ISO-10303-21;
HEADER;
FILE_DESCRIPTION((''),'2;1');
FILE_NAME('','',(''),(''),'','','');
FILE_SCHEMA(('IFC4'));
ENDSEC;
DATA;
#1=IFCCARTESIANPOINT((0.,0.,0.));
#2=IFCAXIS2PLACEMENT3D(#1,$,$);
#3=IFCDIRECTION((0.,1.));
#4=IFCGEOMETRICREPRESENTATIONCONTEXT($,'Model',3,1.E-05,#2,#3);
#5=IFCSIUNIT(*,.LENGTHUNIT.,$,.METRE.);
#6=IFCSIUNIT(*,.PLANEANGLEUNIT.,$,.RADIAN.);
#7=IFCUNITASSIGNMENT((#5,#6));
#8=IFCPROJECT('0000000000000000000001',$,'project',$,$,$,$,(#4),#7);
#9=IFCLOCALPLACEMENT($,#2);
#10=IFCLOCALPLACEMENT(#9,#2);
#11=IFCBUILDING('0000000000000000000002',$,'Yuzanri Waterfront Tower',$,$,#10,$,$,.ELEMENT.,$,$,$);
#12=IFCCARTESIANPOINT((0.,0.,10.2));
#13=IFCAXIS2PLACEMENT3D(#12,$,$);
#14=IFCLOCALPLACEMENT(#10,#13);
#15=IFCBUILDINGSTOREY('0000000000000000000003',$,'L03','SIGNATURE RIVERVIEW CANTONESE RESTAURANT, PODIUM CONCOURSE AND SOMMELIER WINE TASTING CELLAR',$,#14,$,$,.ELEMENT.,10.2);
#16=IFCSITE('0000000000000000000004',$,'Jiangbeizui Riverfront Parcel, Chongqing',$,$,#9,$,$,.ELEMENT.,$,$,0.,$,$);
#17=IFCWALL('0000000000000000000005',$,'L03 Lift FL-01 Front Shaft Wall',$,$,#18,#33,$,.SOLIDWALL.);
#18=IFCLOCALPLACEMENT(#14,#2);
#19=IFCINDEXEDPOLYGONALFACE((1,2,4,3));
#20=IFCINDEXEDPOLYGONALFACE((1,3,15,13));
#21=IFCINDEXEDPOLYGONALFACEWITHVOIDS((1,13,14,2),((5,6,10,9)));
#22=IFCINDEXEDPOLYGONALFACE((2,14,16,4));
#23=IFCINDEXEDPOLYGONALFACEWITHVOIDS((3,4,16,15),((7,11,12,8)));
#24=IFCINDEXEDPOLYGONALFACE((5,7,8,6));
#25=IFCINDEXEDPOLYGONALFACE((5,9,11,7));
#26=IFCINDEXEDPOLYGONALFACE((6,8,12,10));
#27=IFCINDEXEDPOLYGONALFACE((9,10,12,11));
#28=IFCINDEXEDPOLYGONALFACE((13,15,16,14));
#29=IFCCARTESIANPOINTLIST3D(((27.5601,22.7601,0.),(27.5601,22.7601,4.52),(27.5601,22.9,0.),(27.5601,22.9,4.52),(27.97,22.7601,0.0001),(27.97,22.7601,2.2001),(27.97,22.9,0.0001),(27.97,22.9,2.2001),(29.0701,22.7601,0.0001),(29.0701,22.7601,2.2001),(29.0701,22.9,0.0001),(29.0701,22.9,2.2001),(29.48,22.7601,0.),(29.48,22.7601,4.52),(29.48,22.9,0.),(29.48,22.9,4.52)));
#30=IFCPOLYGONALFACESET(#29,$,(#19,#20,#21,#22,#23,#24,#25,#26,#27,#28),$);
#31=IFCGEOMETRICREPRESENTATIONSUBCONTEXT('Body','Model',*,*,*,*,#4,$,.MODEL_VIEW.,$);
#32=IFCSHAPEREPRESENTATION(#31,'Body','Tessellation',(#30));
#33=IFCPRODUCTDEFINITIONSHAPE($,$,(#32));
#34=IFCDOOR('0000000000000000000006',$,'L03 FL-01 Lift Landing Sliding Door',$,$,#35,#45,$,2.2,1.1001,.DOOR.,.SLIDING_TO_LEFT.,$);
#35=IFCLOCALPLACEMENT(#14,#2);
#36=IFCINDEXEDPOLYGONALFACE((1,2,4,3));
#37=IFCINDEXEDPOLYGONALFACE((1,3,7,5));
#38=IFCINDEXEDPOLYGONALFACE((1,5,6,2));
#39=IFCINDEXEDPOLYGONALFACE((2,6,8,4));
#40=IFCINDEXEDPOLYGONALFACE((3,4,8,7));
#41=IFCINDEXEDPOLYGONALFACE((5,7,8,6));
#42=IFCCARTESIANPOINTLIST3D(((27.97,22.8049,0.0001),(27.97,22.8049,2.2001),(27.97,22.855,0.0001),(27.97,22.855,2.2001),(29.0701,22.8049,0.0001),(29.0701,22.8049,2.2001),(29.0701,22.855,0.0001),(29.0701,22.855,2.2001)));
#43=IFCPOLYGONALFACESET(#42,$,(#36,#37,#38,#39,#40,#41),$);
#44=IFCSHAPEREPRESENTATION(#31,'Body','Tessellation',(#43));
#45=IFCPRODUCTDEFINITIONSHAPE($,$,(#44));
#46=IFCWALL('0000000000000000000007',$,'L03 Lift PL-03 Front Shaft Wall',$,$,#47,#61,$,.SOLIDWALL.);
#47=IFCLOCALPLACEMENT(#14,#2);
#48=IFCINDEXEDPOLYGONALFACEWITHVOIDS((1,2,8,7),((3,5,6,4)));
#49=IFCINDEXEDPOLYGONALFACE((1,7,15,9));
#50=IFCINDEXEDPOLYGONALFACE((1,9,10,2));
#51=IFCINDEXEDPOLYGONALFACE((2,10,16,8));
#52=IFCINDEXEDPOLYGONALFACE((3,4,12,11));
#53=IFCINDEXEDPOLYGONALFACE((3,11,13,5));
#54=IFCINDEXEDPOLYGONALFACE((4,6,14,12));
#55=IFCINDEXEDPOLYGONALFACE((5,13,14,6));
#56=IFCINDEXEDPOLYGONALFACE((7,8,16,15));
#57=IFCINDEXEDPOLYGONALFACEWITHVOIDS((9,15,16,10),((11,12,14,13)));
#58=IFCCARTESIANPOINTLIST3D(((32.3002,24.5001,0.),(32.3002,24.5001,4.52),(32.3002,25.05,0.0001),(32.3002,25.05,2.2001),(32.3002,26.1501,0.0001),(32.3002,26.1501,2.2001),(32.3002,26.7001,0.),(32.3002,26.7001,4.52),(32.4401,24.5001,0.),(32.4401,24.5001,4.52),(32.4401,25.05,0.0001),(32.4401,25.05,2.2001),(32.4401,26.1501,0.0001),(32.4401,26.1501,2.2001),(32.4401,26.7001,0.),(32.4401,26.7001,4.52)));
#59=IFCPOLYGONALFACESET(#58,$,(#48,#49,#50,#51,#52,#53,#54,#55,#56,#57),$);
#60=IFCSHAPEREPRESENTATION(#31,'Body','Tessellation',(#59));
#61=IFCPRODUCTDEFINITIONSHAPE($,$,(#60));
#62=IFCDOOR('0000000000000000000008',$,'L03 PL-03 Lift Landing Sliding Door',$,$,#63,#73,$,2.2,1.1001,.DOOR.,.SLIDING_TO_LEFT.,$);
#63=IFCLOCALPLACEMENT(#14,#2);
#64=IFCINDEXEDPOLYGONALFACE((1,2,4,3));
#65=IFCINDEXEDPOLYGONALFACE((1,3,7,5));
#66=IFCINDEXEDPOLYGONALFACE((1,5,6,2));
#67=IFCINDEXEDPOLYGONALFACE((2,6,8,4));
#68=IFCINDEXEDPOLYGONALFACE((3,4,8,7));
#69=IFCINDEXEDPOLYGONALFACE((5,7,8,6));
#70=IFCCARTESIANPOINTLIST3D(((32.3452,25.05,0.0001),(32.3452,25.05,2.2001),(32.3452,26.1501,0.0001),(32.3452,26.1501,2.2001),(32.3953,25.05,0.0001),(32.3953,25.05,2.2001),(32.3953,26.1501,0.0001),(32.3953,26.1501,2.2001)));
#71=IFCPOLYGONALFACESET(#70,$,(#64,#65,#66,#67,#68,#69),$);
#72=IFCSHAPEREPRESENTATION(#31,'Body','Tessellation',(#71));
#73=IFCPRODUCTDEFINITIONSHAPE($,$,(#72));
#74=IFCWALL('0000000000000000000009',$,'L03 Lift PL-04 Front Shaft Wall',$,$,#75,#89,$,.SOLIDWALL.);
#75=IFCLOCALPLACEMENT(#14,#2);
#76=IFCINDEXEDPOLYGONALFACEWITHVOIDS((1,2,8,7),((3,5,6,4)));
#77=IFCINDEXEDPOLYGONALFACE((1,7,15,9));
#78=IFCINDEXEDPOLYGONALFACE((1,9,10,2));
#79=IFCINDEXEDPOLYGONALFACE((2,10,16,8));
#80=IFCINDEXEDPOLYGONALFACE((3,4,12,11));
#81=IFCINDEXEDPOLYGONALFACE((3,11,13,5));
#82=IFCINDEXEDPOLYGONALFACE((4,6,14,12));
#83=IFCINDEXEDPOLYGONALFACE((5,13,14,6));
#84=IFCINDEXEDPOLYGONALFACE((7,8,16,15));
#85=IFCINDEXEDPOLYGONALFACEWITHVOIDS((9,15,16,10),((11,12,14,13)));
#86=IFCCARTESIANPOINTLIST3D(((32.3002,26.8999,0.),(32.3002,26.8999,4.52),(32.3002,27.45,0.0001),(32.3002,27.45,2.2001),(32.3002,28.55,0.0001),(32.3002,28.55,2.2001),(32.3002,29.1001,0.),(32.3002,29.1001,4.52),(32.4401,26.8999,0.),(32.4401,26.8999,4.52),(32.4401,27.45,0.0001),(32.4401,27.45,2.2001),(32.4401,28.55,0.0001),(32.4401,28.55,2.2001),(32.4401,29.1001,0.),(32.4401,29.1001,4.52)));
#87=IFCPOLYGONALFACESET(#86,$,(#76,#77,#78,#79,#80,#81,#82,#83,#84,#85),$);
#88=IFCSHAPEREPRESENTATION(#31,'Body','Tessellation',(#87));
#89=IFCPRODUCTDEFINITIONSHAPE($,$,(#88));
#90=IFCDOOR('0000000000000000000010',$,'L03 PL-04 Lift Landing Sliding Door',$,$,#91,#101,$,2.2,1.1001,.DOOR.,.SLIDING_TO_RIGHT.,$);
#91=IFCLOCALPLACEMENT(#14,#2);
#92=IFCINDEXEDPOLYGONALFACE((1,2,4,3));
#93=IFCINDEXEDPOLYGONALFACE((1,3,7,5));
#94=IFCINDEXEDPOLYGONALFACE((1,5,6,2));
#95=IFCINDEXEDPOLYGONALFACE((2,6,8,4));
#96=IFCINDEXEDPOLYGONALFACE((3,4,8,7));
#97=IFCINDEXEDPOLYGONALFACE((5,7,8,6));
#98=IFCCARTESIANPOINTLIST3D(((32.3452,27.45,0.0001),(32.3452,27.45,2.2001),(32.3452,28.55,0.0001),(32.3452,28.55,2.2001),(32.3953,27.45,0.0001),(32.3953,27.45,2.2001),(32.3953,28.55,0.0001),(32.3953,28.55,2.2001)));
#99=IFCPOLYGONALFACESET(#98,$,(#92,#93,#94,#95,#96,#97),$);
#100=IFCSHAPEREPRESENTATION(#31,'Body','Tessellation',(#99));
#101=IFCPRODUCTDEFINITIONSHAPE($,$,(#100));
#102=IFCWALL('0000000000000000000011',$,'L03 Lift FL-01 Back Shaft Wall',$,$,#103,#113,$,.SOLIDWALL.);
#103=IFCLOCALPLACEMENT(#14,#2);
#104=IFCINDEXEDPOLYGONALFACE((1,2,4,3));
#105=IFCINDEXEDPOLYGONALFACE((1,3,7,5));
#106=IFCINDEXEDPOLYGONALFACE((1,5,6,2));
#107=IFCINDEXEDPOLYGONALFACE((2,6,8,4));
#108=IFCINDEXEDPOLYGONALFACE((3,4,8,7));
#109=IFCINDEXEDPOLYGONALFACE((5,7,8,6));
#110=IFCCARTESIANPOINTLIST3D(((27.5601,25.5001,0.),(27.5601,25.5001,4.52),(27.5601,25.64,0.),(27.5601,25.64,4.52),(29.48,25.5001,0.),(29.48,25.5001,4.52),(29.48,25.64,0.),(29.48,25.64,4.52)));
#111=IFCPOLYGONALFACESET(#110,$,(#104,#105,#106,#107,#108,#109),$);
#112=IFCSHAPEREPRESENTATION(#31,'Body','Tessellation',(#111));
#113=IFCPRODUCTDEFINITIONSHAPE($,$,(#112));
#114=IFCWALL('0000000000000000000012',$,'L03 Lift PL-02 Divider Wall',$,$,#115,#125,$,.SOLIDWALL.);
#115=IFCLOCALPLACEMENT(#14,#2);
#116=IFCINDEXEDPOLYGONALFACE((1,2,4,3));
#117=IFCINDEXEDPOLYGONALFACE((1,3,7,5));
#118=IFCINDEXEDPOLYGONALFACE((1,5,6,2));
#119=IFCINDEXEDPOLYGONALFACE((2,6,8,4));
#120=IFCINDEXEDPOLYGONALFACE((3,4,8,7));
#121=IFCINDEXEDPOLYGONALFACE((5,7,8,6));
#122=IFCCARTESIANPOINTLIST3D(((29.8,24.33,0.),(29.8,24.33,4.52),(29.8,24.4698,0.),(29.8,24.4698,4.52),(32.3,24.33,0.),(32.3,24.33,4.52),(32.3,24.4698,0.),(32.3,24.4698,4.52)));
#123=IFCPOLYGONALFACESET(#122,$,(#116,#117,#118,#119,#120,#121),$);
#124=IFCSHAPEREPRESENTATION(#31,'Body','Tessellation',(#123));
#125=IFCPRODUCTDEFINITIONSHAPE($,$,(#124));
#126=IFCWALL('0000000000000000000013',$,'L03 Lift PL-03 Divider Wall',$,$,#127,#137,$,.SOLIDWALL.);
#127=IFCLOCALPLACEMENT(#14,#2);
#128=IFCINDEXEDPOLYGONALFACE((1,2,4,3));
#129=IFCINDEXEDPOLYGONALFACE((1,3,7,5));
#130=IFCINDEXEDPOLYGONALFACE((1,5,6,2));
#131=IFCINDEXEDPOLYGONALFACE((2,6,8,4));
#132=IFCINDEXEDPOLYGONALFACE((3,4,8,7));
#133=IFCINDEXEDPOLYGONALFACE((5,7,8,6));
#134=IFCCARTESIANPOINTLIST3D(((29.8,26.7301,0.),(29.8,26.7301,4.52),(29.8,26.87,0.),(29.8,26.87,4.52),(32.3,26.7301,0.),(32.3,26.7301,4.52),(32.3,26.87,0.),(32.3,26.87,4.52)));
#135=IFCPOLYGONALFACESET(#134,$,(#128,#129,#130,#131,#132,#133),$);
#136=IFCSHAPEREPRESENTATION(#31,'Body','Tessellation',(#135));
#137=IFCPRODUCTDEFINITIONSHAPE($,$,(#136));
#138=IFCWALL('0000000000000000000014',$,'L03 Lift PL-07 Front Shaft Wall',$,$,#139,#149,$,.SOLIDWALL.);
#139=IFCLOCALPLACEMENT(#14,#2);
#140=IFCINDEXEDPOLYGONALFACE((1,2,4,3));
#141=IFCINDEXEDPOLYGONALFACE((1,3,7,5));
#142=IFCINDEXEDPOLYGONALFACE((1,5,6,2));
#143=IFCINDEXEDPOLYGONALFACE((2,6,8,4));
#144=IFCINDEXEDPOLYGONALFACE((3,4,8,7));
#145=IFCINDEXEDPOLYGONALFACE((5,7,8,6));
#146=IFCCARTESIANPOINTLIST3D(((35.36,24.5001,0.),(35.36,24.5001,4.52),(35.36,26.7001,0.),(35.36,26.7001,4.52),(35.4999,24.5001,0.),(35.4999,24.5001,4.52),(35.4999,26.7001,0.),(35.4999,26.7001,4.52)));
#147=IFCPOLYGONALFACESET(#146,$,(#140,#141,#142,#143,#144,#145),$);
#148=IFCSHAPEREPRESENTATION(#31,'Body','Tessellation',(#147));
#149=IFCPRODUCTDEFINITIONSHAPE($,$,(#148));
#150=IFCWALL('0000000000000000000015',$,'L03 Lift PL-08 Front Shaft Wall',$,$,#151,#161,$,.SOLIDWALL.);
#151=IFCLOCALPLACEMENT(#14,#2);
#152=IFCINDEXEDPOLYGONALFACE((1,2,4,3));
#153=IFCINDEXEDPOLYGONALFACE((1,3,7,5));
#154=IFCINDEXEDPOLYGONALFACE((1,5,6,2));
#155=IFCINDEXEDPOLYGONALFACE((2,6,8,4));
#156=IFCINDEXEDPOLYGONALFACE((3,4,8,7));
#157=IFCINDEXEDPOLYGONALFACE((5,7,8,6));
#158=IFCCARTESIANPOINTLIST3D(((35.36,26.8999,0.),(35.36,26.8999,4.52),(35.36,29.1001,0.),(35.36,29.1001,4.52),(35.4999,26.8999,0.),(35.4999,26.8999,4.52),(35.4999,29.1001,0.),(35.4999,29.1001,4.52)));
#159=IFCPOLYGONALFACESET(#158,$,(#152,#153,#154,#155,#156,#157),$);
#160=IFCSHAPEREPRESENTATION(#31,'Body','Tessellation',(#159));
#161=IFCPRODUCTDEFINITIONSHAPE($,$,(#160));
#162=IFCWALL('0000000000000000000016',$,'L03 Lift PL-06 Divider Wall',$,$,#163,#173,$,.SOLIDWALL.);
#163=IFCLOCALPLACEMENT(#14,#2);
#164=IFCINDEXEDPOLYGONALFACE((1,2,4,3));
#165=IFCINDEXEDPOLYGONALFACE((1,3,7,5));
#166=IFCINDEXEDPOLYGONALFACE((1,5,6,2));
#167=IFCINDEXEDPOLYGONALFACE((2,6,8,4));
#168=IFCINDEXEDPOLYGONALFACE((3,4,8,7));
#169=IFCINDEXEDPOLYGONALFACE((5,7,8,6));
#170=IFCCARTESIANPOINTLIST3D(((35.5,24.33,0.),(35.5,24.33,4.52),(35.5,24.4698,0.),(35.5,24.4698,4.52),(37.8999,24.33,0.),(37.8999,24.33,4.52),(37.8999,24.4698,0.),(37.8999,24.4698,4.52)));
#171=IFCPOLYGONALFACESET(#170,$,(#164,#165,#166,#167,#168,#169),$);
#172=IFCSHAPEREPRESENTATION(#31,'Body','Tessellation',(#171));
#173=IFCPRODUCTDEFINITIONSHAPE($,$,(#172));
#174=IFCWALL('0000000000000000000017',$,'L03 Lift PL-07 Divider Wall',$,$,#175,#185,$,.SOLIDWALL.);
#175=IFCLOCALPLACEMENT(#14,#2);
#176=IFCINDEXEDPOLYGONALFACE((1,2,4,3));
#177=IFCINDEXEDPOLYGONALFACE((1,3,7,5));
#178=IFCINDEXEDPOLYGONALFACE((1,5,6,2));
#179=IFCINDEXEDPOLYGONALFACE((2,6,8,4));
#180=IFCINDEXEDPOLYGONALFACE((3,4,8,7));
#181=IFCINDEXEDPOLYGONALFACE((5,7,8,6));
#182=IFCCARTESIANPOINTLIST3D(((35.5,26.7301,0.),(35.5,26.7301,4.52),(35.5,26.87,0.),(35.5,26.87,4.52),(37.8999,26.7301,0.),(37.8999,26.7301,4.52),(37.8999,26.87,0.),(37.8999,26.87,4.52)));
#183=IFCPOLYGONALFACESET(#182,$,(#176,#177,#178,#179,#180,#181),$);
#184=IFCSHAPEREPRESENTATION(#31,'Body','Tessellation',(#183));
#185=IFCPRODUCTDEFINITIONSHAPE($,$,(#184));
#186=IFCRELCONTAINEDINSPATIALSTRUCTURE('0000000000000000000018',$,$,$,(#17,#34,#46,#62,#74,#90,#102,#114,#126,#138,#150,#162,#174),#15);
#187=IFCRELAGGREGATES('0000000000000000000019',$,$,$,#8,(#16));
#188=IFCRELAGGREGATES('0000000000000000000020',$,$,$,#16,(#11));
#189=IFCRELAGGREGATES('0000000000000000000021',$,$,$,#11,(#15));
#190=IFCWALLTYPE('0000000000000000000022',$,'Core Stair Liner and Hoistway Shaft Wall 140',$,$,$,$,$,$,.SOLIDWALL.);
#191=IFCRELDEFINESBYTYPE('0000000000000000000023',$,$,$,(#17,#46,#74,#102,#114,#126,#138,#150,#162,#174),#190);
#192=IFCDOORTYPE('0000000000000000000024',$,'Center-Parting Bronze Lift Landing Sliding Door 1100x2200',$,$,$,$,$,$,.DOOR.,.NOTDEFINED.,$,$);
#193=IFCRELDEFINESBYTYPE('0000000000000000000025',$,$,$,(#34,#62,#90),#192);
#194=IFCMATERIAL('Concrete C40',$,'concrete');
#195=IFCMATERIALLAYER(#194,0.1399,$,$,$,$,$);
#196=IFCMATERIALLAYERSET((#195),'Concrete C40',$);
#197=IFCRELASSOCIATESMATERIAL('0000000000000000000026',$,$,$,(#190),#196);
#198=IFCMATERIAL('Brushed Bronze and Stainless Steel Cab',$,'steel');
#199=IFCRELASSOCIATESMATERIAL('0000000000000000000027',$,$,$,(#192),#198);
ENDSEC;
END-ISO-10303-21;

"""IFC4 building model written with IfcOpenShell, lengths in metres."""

from ifc_helpers import new_model, si_unit, direction, frame, frame_2d, origin, place, context, subcontext, project, spatial, rectangle, extrude, source, transform, mapped, material, layer, layer_set, type_object, element, fill, save


model = new_model("IFC4")

# Units and contexts
model_context = context("Model", 3, precision=1e-05, world=origin(), true_north=direction((0.0, 1.0)))
body_context = subcontext(model_context, "Body", "Model", "MODEL_VIEW")
ifc_project = project(units=[si_unit("LENGTHUNIT", "METRE"), si_unit("PLANEANGLEUNIT", "RADIAN")], contexts=[model_context])

# Site, building, storey
site_placement = place(None, origin())
site = spatial("IfcSite", under=ifc_project, at=site_placement, Name="Jiangbeizui Riverfront Parcel, Chongqing", CompositionType="ELEMENT", RefElevation=0.0)
building_placement = place(site_placement, origin())
building = spatial("IfcBuilding", under=site, at=building_placement, Name="Yuzanri Waterfront Tower", CompositionType="ELEMENT")
storey_placement = place(building_placement, frame((0.0, 0.0, 10.2)))
storey = spatial("IfcBuildingStorey", under=building, at=storey_placement, Name="L03", Description="SIGNATURE RIVERVIEW CANTONESE RESTAURANT, PODIUM CONCOURSE AND SOMMELIER WINE TASTING CELLAR", CompositionType="ELEMENT", Elevation=10.2)

# Walls, openings, doors
ifc_material_1 = material(Name="Concrete C40", Category="concrete")
ifc_layer_1 = layer(ifc_material_1, 0.1399)
ifc_layer_set_1 = layer_set([ifc_layer_1], Name="Concrete C40")
wall_type = type_object("IfcWallType", Name="Core Stair Liner and Hoistway Shaft Wall 140", PredefinedType="SOLIDWALL", material=ifc_layer_set_1)
wall_1_placement = place(storey_placement, frame((27.5601, 22.8301, 0.0), z_axis=(0.0, 0.0, 1.0), x_axis=(1.0, 0.0, 0.0)))
wall_1 = element("IfcWall", 1, at=wall_1_placement, inside=storey, type_object=wall_type, Name="L03 Lift FL-01 Front Shaft Wall", PredefinedType="SOLIDWALL", context=body_context, shape_type="SweptSolid", body=[
    extrude(rectangle(XDim=1.9199, YDim=0.1399, at=frame_2d((0.96, 0.0))), origin(), (0.0, 0.0, 1.0), 4.52),
])
opening_1_placement = place(wall_1_placement, frame((0.4099, 0.0, 0.0)))
opening_1 = element("IfcOpeningElement", 2, at=opening_1_placement, cuts=wall_1, PredefinedType="OPENING", context=body_context, shape_type="SweptSolid", body=[
    extrude(rectangle(XDim=1.1001, YDim=2.2, at=frame_2d((0.55, 1.1001))), frame((0.0, 0.085, 0.0), z_axis=(0.0, -1.0, 0.0), x_axis=(1.0, 0.0, 0.0)), (0.0, 0.0, 1.0), 0.1697),
])
ifc_material_2 = material(Name="Brushed Bronze and Stainless Steel Cab", Category="steel")
door_type = type_object("IfcDoorType", Name="Center-Parting Bronze Lift Landing Sliding Door 1100x2200", OperationType="NOTDEFINED", PredefinedType="DOOR", material=ifc_material_2)
shared_shape_1 = source(origin(), body_context, "Body", "SweptSolid", [
    extrude(rectangle(XDim=1.1001, YDim=2.2, at=frame_2d((0.55, 1.1001))), frame((0.0, 0.0249, 0.0), z_axis=(0.0, -1.0, 0.0), x_axis=(1.0, 0.0, 0.0)), (0.0, 0.0, 1.0), 0.05),
])
door_1_placement = place(opening_1_placement, origin())
door_1 = element("IfcDoor", 3, at=door_1_placement, inside=storey, type_object=door_type, Name="L03 FL-01 Lift Landing Sliding Door", OperationType="SLIDING_TO_LEFT", OverallHeight=2.2, OverallWidth=1.1001, PredefinedType="DOOR", context=body_context, shape_type="MappedRepresentation", body=[
    mapped(shared_shape_1, transform((0.0, 0.0, 0.0), scale=1.0)),
])
fill(opening_1, door_1)
wall_2_placement = place(storey_placement, frame((32.3701, 24.5, 0.0), z_axis=(0.0, 0.0, 1.0), x_axis=(0.0, 1.0, 0.0)))
wall_2 = element("IfcWall", 4, at=wall_2_placement, inside=storey, type_object=wall_type, Name="L03 Lift PL-03 Front Shaft Wall", PredefinedType="SOLIDWALL", context=body_context, shape_type="SweptSolid", body=[
    extrude(rectangle(XDim=2.2, YDim=0.1399, at=frame_2d((1.1001, 0.0))), origin(), (0.0, 0.0, 1.0), 4.52),
])
opening_2_placement = place(wall_2_placement, frame((0.55, 0.0, 0.0)))
opening_2 = element("IfcOpeningElement", 5, at=opening_2_placement, cuts=wall_2, PredefinedType="OPENING", context=body_context, shape_type="SweptSolid", body=[
    extrude(rectangle(XDim=1.1001, YDim=2.2, at=frame_2d((0.55, 1.1001))), frame((0.0, 0.085, 0.0), z_axis=(0.0, -1.0, 0.0), x_axis=(1.0, 0.0, 0.0)), (0.0, 0.0, 1.0), 0.1697),
])
door_2_placement = place(opening_2_placement, origin())
door_2 = element("IfcDoor", 6, at=door_2_placement, inside=storey, type_object=door_type, Name="L03 PL-03 Lift Landing Sliding Door", OperationType="SLIDING_TO_LEFT", OverallHeight=2.2, OverallWidth=1.1001, PredefinedType="DOOR", context=body_context, shape_type="MappedRepresentation", body=[
    mapped(shared_shape_1, transform((0.0, 0.0, 0.0), scale=1.0)),
])
fill(opening_2, door_2)
wall_3_placement = place(storey_placement, frame((32.3701, 26.8999, 0.0), z_axis=(0.0, 0.0, 1.0), x_axis=(0.0, 1.0, 0.0)))
wall_3 = element("IfcWall", 7, at=wall_3_placement, inside=storey, type_object=wall_type, Name="L03 Lift PL-04 Front Shaft Wall", PredefinedType="SOLIDWALL", context=body_context, shape_type="SweptSolid", body=[
    extrude(rectangle(XDim=2.2002, YDim=0.1399, at=frame_2d((1.1001, 0.0))), origin(), (0.0, 0.0, 1.0), 4.52),
])
opening_3_placement = place(wall_3_placement, frame((0.55, 0.0, 0.0)))
opening_3 = element("IfcOpeningElement", 8, at=opening_3_placement, cuts=wall_3, PredefinedType="OPENING", context=body_context, shape_type="SweptSolid", body=[
    extrude(rectangle(XDim=1.1001, YDim=2.2, at=frame_2d((0.55, 1.1001))), frame((0.0, 0.085, 0.0), z_axis=(0.0, -1.0, 0.0), x_axis=(1.0, 0.0, 0.0)), (0.0, 0.0, 1.0), 0.1697),
])
door_3_placement = place(opening_3_placement, origin())
door_3 = element("IfcDoor", 9, at=door_3_placement, inside=storey, type_object=door_type, Name="L03 PL-04 Lift Landing Sliding Door", OperationType="SLIDING_TO_RIGHT", OverallHeight=2.2, OverallWidth=1.1001, PredefinedType="DOOR", context=body_context, shape_type="MappedRepresentation", body=[
    mapped(shared_shape_1, transform((0.0, 0.0, 0.0), scale=1.0)),
])
fill(opening_3, door_3)

# Walls
shared_shape_2 = source(origin(), body_context, "Body", "SweptSolid", [
    extrude(rectangle(XDim=1.9199, YDim=0.1399, at=frame_2d((0.96, 0.0))), origin(), (0.0, 0.0, 1.0), 4.52),
])
wall_4_placement = place(storey_placement, frame((27.5601, 25.5701, 0.0), z_axis=(0.0, 0.0, 1.0), x_axis=(1.0, 0.0, 0.0)))
element("IfcWall", 10, at=wall_4_placement, inside=storey, type_object=wall_type, Name="L03 Lift FL-01 Back Shaft Wall", PredefinedType="SOLIDWALL", context=body_context, shape_type="MappedRepresentation", body=[
    mapped(shared_shape_2, transform((0.0, 0.0, 0.0), scale=1.0)),
])
shared_shape_3 = source(origin(), body_context, "Body", "SweptSolid", [
    extrude(rectangle(XDim=2.5, YDim=0.1399, at=frame_2d((1.25, 0.0))), origin(), (0.0, 0.0, 1.0), 4.52),
])
for number, where, z_axis, x_axis, name in (
    (11, (29.8, 24.3999, 0.0), (0.0, 0.0, 1.0), (1.0, 0.0, 0.0), "L03 Lift PL-02 Divider Wall"),
    (12, (29.8, 26.8, 0.0), (0.0, 0.0, 1.0), (1.0, 0.0, 0.0), "L03 Lift PL-03 Divider Wall"),
):
    element("IfcWall", number, at=place(storey_placement, frame(where, z_axis=z_axis, x_axis=x_axis)), inside=storey, type_object=wall_type, Name=name, PredefinedType="SOLIDWALL", context=body_context, shape_type="MappedRepresentation", body=[
        mapped(shared_shape_3, transform((0.0, 0.0, 0.0), scale=1.0)),
    ])
shared_shape_4 = source(origin(), body_context, "Body", "SweptSolid", [
    extrude(rectangle(XDim=2.2, YDim=0.1399, at=frame_2d((1.1001, 0.0))), origin(), (0.0, 0.0, 1.0), 4.52),
])
wall_5_placement = place(storey_placement, frame((35.4299, 24.5, 0.0), z_axis=(0.0, 0.0, 1.0), x_axis=(0.0, 1.0, 0.0)))
element("IfcWall", 13, at=wall_5_placement, inside=storey, type_object=wall_type, Name="L03 Lift PL-07 Front Shaft Wall", PredefinedType="SOLIDWALL", context=body_context, shape_type="MappedRepresentation", body=[
    mapped(shared_shape_4, transform((0.0, 0.0, 0.0), scale=1.0)),
])
shared_shape_5 = source(origin(), body_context, "Body", "SweptSolid", [
    extrude(rectangle(XDim=2.2002, YDim=0.1399, at=frame_2d((1.1001, 0.0))), origin(), (0.0, 0.0, 1.0), 4.52),
])
wall_6_placement = place(storey_placement, frame((35.4299, 26.8999, 0.0), z_axis=(0.0, 0.0, 1.0), x_axis=(0.0, 1.0, 0.0)))
element("IfcWall", 14, at=wall_6_placement, inside=storey, type_object=wall_type, Name="L03 Lift PL-08 Front Shaft Wall", PredefinedType="SOLIDWALL", context=body_context, shape_type="MappedRepresentation", body=[
    mapped(shared_shape_5, transform((0.0, 0.0, 0.0), scale=1.0)),
])
shared_shape_6 = source(origin(), body_context, "Body", "SweptSolid", [
    extrude(rectangle(XDim=2.3999, YDim=0.1399, at=frame_2d((1.2, 0.0))), origin(), (0.0, 0.0, 1.0), 4.52),
])
for number, where, z_axis, x_axis, name in (
    (15, (35.5, 24.3999, 0.0), (0.0, 0.0, 1.0), (1.0, 0.0, 0.0), "L03 Lift PL-06 Divider Wall"),
    (16, (35.5, 26.8, 0.0), (0.0, 0.0, 1.0), (1.0, 0.0, 0.0), "L03 Lift PL-07 Divider Wall"),
):
    element("IfcWall", number, at=place(storey_placement, frame(where, z_axis=z_axis, x_axis=x_axis)), inside=storey, type_object=wall_type, Name=name, PredefinedType="SOLIDWALL", context=body_context, shape_type="MappedRepresentation", body=[
        mapped(shared_shape_6, transform((0.0, 0.0, 0.0), scale=1.0)),
    ])

save(model, "model.ifc")
